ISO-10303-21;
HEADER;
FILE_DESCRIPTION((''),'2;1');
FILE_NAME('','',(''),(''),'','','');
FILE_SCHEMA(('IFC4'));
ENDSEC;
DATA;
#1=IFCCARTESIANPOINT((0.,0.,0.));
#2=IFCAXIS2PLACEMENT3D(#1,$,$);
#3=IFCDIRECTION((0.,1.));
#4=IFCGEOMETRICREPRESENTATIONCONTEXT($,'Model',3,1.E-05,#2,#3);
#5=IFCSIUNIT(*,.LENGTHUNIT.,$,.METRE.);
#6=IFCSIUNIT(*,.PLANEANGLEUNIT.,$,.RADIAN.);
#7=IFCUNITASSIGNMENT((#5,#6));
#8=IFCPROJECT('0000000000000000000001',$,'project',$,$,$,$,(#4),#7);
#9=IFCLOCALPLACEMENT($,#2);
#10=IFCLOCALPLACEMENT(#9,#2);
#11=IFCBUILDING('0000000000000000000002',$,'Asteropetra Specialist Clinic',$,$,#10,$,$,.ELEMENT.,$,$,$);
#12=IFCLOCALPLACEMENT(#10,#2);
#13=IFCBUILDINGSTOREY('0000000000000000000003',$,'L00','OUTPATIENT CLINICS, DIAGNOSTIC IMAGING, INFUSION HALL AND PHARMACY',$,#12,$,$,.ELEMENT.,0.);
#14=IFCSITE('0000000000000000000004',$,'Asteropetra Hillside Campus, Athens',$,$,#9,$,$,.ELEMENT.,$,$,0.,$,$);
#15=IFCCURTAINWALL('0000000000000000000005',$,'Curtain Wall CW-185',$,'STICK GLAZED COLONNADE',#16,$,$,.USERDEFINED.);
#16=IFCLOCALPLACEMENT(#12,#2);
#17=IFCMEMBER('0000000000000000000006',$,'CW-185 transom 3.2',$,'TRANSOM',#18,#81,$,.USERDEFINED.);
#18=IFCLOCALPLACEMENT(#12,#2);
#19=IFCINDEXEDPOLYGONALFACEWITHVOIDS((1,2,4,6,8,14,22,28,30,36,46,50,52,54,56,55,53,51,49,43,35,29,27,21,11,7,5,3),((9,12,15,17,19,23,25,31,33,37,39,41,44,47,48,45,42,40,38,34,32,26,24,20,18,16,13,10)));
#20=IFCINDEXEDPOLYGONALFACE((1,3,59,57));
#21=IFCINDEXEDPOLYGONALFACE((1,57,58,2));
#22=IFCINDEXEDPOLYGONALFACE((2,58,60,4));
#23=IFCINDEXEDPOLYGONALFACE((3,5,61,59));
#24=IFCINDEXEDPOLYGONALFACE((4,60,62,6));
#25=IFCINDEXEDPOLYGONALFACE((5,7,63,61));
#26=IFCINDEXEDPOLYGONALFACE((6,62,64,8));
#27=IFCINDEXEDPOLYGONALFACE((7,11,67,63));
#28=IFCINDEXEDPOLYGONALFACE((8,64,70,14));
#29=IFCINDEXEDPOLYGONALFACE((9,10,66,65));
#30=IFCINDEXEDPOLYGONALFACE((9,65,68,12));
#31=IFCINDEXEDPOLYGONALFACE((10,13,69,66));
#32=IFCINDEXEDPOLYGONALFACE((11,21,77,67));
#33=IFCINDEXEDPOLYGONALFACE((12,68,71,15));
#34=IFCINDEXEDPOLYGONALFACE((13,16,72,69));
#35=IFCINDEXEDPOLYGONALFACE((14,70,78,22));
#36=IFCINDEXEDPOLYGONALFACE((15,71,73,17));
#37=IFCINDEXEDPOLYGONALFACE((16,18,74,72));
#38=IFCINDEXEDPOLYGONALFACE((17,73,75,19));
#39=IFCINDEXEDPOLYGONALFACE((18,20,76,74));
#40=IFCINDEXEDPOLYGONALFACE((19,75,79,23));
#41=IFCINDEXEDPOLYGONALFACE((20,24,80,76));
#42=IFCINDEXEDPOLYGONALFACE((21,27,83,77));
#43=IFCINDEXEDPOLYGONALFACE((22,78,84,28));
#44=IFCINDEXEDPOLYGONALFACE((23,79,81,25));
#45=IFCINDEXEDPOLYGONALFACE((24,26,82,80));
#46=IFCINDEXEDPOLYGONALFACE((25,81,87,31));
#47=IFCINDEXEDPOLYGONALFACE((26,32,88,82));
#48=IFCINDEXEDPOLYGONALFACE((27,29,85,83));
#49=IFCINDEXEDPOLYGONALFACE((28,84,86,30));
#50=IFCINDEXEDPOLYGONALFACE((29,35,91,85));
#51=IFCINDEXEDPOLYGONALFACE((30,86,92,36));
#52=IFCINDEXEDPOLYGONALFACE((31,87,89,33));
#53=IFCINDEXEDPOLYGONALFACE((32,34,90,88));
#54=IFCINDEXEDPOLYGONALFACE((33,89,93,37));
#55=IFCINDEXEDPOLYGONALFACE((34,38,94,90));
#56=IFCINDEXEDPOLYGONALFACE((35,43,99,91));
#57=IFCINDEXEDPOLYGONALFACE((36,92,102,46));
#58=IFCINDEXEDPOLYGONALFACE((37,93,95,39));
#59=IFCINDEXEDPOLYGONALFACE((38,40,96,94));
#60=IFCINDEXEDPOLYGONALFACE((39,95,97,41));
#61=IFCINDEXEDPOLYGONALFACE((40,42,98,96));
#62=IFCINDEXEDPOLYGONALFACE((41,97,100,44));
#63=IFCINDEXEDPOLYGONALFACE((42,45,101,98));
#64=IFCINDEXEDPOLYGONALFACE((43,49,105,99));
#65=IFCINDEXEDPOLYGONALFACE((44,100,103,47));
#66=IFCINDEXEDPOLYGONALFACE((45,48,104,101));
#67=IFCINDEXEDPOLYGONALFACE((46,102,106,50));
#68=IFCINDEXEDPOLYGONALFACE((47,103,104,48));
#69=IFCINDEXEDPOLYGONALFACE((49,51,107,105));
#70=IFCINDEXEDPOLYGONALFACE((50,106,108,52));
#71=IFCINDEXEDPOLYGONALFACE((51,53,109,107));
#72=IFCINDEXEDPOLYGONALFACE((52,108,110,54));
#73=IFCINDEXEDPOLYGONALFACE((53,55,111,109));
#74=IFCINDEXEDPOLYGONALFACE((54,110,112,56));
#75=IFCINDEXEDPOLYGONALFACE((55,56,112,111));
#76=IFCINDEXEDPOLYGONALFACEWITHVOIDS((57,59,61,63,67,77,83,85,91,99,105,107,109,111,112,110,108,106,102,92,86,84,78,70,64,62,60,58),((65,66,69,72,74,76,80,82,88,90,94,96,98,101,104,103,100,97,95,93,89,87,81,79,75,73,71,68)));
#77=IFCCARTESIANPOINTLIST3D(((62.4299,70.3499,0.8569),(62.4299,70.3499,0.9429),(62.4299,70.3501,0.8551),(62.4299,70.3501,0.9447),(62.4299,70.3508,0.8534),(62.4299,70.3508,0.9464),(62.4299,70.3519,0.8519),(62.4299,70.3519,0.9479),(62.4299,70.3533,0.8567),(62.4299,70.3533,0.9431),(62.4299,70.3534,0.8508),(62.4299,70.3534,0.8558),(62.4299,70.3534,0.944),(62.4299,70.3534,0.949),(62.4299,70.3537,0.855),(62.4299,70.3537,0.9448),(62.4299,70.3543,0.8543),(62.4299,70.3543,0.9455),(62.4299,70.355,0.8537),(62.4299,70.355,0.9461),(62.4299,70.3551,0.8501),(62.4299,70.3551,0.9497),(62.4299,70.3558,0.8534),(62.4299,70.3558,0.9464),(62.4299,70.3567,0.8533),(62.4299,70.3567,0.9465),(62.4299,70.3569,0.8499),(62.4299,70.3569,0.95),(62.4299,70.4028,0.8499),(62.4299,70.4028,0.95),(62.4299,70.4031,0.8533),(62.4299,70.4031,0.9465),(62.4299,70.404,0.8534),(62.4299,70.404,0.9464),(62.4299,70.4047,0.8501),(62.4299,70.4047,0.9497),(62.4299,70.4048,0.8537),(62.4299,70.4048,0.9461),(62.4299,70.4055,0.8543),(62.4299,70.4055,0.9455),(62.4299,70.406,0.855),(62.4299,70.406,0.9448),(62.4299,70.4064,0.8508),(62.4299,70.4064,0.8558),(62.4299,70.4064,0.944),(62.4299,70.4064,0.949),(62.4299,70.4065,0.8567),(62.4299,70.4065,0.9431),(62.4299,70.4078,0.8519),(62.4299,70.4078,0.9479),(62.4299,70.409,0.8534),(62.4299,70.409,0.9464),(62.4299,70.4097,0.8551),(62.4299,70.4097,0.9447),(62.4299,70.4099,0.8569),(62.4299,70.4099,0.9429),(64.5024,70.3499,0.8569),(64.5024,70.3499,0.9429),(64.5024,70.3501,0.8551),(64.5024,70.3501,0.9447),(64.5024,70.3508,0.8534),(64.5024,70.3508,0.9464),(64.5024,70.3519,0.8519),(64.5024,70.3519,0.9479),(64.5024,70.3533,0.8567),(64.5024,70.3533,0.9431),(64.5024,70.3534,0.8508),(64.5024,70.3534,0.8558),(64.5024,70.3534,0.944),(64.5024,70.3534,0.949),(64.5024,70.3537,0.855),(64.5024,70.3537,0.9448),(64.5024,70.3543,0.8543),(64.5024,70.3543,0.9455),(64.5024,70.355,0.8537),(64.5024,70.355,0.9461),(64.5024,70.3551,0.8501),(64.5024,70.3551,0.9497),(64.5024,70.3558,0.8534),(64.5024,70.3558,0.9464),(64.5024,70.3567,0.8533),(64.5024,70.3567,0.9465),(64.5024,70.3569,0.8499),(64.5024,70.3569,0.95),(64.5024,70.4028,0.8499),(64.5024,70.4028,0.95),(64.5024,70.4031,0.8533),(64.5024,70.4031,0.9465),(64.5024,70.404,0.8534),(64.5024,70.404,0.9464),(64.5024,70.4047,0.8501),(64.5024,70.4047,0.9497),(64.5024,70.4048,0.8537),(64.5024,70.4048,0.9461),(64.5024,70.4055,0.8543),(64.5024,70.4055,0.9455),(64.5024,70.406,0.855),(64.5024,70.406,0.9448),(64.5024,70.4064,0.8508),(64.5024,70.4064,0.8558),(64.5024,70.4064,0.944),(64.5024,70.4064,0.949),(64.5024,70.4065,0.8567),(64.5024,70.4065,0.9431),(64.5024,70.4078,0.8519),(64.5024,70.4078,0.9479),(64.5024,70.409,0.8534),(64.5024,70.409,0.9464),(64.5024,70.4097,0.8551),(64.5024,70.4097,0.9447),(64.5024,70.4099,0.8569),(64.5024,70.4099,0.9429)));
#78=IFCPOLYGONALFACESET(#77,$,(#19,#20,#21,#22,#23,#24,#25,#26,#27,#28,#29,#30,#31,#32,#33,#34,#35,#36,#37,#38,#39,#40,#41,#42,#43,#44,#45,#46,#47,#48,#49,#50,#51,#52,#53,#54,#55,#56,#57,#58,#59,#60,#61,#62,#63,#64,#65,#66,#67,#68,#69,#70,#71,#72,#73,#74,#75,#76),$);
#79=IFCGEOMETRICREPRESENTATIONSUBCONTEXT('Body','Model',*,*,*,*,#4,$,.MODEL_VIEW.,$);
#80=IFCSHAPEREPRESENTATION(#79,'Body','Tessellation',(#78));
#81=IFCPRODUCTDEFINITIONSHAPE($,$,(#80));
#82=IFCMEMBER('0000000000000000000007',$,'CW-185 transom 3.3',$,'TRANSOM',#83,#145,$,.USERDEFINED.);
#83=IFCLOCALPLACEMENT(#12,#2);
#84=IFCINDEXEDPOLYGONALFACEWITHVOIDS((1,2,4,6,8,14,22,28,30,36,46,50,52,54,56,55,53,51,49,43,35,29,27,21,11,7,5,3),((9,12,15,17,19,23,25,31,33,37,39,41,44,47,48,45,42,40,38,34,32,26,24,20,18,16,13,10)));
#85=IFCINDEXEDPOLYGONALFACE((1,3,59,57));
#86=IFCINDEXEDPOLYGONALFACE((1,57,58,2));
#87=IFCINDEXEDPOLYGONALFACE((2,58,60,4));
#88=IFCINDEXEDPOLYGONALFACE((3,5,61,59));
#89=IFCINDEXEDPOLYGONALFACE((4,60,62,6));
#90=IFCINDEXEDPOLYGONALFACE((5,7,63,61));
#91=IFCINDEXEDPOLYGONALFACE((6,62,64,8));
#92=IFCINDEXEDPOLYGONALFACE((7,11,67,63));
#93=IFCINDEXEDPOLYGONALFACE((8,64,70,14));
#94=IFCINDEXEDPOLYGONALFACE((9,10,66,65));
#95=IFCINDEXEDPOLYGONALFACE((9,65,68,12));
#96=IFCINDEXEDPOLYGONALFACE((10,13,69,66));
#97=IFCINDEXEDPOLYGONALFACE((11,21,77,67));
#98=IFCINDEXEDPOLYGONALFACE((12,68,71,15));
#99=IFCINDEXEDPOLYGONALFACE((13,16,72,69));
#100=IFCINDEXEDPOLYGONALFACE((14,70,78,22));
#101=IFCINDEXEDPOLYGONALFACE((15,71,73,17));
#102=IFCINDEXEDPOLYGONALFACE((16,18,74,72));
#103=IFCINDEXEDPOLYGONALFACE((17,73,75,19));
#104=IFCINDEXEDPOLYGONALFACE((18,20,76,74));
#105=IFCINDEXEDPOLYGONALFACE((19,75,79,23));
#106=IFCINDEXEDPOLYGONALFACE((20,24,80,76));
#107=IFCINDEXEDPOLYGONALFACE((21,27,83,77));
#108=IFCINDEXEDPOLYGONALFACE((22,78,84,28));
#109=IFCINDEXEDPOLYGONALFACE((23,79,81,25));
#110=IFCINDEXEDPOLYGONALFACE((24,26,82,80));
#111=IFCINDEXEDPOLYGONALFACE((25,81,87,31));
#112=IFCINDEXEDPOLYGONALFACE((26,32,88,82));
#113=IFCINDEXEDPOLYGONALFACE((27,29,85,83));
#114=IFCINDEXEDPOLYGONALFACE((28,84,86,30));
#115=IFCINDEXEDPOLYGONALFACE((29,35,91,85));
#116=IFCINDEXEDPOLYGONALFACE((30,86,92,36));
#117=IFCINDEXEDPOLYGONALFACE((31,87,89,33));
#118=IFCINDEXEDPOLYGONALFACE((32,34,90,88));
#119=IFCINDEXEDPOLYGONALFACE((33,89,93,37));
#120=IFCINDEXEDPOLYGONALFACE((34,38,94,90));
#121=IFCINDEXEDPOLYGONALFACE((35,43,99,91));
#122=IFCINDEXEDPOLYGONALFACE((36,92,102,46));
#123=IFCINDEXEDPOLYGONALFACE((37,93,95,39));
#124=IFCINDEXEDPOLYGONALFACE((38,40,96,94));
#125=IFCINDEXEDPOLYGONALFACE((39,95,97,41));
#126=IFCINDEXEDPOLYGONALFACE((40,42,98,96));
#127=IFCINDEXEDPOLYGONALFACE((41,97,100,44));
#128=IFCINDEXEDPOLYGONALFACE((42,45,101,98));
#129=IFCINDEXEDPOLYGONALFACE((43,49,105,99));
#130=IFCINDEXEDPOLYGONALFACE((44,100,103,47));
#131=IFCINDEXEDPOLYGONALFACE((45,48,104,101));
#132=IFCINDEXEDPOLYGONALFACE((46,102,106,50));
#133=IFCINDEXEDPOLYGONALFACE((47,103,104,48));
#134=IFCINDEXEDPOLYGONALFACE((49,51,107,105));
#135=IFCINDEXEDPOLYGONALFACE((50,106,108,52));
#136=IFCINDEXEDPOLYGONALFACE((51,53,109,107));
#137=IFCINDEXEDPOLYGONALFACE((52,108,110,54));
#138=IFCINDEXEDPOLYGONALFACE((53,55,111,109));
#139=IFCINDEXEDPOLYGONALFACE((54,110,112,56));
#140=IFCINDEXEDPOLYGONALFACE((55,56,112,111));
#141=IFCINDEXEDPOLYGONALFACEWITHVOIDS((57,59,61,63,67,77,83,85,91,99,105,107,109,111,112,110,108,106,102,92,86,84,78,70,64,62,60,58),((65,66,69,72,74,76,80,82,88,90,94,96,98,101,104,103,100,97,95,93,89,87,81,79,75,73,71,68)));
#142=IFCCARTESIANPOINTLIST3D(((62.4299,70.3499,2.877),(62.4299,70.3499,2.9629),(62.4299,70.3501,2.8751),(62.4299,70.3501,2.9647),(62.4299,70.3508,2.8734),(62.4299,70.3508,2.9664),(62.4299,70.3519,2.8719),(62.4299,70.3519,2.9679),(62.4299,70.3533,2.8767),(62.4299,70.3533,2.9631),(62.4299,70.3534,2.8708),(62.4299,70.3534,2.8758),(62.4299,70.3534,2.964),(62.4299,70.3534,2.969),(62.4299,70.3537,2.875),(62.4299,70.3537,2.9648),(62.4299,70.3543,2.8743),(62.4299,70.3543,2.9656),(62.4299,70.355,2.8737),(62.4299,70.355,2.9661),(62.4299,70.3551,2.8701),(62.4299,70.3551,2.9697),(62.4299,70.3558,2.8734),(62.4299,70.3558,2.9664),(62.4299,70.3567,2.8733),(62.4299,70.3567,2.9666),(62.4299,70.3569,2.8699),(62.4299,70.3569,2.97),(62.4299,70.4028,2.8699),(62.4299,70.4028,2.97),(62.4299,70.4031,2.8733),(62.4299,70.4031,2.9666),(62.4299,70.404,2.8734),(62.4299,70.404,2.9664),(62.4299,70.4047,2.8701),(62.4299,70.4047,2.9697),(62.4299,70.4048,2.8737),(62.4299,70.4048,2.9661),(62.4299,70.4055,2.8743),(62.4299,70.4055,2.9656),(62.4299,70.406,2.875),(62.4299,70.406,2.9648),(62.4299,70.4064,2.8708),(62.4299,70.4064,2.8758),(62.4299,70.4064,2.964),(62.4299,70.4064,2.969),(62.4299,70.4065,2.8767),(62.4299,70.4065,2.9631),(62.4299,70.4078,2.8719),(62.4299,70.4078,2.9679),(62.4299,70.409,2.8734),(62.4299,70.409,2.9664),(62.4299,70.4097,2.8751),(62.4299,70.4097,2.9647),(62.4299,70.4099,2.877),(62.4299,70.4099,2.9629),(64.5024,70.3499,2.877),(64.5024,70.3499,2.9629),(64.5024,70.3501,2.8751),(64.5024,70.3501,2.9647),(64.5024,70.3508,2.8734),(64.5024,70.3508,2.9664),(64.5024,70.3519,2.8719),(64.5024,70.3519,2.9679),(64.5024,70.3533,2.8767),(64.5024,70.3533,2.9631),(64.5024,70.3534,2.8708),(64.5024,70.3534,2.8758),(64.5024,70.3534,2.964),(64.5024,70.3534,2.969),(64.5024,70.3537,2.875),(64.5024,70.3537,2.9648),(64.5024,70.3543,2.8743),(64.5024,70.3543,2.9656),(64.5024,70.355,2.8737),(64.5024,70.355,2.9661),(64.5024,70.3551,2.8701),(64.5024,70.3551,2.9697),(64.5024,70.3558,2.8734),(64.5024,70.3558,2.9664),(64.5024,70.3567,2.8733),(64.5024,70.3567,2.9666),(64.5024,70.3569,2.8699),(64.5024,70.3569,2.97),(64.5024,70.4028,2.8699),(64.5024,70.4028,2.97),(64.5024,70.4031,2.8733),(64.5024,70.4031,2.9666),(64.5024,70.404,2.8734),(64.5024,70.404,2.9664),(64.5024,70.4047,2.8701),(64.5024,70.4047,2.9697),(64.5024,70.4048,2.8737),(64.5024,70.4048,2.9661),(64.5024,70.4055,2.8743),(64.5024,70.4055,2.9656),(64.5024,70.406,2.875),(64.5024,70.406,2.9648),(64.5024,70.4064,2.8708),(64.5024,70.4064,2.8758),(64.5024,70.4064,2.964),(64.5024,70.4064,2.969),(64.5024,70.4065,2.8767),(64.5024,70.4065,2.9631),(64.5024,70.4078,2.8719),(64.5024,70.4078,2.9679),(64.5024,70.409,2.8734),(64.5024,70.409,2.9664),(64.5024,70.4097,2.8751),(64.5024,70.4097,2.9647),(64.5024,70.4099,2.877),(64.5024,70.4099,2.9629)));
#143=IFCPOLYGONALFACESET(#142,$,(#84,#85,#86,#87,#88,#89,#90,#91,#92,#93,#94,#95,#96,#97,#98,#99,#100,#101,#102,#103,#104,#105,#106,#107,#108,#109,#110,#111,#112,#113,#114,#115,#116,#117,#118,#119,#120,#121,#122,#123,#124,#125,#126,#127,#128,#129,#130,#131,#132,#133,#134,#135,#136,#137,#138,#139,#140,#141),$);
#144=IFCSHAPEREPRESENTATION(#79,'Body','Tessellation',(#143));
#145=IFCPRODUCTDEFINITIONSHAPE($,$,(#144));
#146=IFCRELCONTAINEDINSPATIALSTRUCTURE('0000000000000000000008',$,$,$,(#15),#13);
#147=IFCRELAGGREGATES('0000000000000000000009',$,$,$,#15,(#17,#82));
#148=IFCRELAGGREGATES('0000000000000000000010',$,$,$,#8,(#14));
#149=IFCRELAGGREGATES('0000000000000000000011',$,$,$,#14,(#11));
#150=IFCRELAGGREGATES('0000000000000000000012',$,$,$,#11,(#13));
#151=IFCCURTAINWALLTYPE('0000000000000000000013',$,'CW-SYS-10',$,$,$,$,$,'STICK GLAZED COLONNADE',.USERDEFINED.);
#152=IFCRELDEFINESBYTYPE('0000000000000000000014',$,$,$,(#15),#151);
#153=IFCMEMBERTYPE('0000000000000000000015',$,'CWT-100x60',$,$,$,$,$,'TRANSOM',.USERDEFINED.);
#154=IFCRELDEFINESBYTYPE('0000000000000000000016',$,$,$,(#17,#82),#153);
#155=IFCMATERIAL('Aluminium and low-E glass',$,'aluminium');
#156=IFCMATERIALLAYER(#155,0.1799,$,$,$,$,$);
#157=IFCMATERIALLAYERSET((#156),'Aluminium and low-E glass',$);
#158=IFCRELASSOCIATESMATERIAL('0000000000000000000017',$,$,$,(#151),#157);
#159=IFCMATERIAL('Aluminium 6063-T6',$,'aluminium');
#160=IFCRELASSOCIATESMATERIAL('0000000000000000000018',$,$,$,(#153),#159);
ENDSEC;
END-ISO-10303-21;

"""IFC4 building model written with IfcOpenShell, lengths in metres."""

from ifc_helpers import new_model, si_unit, direction, frame, origin, origin_2d, place, context, subcontext, project, spatial, hollow_rectangle, extrude, material, layer, layer_set, material_profile, profile_set, type_object, element, aggregate, save


model = new_model("IFC4")

# Units and contexts
model_context = context("Model", 3, precision=1e-05, world=origin(), true_north=direction((0.0, 1.0)))
body_context = subcontext(model_context, "Body", "Model", "MODEL_VIEW")
ifc_project = project(units=[si_unit("LENGTHUNIT", "METRE"), si_unit("PLANEANGLEUNIT", "RADIAN")], contexts=[model_context])

# Site, building, storey
site_placement = place(None, origin())
site = spatial("IfcSite", under=ifc_project, at=site_placement, Name="Asteropetra Hillside Campus, Athens", CompositionType="ELEMENT", RefElevation=0.0)
building_placement = place(site_placement, origin())
building = spatial("IfcBuilding", under=site, at=building_placement, Name="Asteropetra Specialist Clinic", CompositionType="ELEMENT")
storey_placement = place(building_placement, origin())
storey = spatial("IfcBuildingStorey", under=building, at=storey_placement, Name="L00", Description="OUTPATIENT CLINICS, DIAGNOSTIC IMAGING, INFUSION HALL AND PHARMACY", CompositionType="ELEMENT", Elevation=0.0)

# Curtain wall, members
ifc_material_1 = material(Name="Aluminium and low-E glass", Category="aluminium")
ifc_layer_1 = layer(ifc_material_1, 0.1799)
ifc_layer_set_1 = layer_set([ifc_layer_1], Name="Aluminium and low-E glass")
curtain_wall_type = type_object("IfcCurtainWallType", Name="CW-SYS-10", ElementType="STICK GLAZED COLONNADE", PredefinedType="USERDEFINED", material=ifc_layer_set_1)
curtain_wall_placement = place(storey_placement, origin())
curtain_wall = element("IfcCurtainWall", 1, at=curtain_wall_placement, inside=storey, type_object=curtain_wall_type, Name="Curtain Wall CW-185", ObjectType="STICK GLAZED COLONNADE", PredefinedType="USERDEFINED")
ifc_material_2 = material(Name="Aluminium 6063-T6", Category="aluminium")
ifc_material_profile_1 = material_profile(ifc_material_2, hollow_rectangle(XDim=0.0601, YDim=0.1001, WallThickness=0.0034, InnerFilletRadius=0.0034, OuterFilletRadius=0.0071, at=origin_2d()), Name="TRN 100x60x3.5")
ifc_profile_set_1 = profile_set([ifc_material_profile_1], Name="Aluminium 6063-T6")
member_type_1 = type_object("IfcMemberType", Name="CWT-100x60", ElementType="TRANSOM", PredefinedType="USERDEFINED", material=ifc_profile_set_1)
member_1_placement = place(storey_placement, frame((62.4299, 70.3799, 0.8999), z_axis=(1.0, 0.0, 0.0), x_axis=(0.0, 1.0, 0.0)))
member_1 = element("IfcMember", 2, at=member_1_placement, type_object=member_type_1, Name="CW-185 transom 3.2", ObjectType="TRANSOM", PredefinedType="USERDEFINED", context=body_context, shape_type="SweptSolid", body=[
    extrude(hollow_rectangle(XDim=0.0601, YDim=0.1001, WallThickness=0.0034, InnerFilletRadius=0.0034, OuterFilletRadius=0.0071, at=origin_2d()), origin(), (0.0, 0.0, 1.0), 2.0725),
])
member_2_placement = place(storey_placement, frame((62.4299, 70.3799, 2.9199), z_axis=(1.0, 0.0, 0.0), x_axis=(0.0, 1.0, 0.0)))
member_2 = element("IfcMember", 3, at=member_2_placement, type_object=member_type_1, Name="CW-185 transom 3.3", ObjectType="TRANSOM", PredefinedType="USERDEFINED", context=body_context, shape_type="SweptSolid", body=[
    extrude(hollow_rectangle(XDim=0.0601, YDim=0.1001, WallThickness=0.0034, InnerFilletRadius=0.0034, OuterFilletRadius=0.0071, at=origin_2d()), origin(), (0.0, 0.0, 1.0), 2.0725),
])
aggregate(curtain_wall, [member_1, member_2])

save(model, "model.ifc")
